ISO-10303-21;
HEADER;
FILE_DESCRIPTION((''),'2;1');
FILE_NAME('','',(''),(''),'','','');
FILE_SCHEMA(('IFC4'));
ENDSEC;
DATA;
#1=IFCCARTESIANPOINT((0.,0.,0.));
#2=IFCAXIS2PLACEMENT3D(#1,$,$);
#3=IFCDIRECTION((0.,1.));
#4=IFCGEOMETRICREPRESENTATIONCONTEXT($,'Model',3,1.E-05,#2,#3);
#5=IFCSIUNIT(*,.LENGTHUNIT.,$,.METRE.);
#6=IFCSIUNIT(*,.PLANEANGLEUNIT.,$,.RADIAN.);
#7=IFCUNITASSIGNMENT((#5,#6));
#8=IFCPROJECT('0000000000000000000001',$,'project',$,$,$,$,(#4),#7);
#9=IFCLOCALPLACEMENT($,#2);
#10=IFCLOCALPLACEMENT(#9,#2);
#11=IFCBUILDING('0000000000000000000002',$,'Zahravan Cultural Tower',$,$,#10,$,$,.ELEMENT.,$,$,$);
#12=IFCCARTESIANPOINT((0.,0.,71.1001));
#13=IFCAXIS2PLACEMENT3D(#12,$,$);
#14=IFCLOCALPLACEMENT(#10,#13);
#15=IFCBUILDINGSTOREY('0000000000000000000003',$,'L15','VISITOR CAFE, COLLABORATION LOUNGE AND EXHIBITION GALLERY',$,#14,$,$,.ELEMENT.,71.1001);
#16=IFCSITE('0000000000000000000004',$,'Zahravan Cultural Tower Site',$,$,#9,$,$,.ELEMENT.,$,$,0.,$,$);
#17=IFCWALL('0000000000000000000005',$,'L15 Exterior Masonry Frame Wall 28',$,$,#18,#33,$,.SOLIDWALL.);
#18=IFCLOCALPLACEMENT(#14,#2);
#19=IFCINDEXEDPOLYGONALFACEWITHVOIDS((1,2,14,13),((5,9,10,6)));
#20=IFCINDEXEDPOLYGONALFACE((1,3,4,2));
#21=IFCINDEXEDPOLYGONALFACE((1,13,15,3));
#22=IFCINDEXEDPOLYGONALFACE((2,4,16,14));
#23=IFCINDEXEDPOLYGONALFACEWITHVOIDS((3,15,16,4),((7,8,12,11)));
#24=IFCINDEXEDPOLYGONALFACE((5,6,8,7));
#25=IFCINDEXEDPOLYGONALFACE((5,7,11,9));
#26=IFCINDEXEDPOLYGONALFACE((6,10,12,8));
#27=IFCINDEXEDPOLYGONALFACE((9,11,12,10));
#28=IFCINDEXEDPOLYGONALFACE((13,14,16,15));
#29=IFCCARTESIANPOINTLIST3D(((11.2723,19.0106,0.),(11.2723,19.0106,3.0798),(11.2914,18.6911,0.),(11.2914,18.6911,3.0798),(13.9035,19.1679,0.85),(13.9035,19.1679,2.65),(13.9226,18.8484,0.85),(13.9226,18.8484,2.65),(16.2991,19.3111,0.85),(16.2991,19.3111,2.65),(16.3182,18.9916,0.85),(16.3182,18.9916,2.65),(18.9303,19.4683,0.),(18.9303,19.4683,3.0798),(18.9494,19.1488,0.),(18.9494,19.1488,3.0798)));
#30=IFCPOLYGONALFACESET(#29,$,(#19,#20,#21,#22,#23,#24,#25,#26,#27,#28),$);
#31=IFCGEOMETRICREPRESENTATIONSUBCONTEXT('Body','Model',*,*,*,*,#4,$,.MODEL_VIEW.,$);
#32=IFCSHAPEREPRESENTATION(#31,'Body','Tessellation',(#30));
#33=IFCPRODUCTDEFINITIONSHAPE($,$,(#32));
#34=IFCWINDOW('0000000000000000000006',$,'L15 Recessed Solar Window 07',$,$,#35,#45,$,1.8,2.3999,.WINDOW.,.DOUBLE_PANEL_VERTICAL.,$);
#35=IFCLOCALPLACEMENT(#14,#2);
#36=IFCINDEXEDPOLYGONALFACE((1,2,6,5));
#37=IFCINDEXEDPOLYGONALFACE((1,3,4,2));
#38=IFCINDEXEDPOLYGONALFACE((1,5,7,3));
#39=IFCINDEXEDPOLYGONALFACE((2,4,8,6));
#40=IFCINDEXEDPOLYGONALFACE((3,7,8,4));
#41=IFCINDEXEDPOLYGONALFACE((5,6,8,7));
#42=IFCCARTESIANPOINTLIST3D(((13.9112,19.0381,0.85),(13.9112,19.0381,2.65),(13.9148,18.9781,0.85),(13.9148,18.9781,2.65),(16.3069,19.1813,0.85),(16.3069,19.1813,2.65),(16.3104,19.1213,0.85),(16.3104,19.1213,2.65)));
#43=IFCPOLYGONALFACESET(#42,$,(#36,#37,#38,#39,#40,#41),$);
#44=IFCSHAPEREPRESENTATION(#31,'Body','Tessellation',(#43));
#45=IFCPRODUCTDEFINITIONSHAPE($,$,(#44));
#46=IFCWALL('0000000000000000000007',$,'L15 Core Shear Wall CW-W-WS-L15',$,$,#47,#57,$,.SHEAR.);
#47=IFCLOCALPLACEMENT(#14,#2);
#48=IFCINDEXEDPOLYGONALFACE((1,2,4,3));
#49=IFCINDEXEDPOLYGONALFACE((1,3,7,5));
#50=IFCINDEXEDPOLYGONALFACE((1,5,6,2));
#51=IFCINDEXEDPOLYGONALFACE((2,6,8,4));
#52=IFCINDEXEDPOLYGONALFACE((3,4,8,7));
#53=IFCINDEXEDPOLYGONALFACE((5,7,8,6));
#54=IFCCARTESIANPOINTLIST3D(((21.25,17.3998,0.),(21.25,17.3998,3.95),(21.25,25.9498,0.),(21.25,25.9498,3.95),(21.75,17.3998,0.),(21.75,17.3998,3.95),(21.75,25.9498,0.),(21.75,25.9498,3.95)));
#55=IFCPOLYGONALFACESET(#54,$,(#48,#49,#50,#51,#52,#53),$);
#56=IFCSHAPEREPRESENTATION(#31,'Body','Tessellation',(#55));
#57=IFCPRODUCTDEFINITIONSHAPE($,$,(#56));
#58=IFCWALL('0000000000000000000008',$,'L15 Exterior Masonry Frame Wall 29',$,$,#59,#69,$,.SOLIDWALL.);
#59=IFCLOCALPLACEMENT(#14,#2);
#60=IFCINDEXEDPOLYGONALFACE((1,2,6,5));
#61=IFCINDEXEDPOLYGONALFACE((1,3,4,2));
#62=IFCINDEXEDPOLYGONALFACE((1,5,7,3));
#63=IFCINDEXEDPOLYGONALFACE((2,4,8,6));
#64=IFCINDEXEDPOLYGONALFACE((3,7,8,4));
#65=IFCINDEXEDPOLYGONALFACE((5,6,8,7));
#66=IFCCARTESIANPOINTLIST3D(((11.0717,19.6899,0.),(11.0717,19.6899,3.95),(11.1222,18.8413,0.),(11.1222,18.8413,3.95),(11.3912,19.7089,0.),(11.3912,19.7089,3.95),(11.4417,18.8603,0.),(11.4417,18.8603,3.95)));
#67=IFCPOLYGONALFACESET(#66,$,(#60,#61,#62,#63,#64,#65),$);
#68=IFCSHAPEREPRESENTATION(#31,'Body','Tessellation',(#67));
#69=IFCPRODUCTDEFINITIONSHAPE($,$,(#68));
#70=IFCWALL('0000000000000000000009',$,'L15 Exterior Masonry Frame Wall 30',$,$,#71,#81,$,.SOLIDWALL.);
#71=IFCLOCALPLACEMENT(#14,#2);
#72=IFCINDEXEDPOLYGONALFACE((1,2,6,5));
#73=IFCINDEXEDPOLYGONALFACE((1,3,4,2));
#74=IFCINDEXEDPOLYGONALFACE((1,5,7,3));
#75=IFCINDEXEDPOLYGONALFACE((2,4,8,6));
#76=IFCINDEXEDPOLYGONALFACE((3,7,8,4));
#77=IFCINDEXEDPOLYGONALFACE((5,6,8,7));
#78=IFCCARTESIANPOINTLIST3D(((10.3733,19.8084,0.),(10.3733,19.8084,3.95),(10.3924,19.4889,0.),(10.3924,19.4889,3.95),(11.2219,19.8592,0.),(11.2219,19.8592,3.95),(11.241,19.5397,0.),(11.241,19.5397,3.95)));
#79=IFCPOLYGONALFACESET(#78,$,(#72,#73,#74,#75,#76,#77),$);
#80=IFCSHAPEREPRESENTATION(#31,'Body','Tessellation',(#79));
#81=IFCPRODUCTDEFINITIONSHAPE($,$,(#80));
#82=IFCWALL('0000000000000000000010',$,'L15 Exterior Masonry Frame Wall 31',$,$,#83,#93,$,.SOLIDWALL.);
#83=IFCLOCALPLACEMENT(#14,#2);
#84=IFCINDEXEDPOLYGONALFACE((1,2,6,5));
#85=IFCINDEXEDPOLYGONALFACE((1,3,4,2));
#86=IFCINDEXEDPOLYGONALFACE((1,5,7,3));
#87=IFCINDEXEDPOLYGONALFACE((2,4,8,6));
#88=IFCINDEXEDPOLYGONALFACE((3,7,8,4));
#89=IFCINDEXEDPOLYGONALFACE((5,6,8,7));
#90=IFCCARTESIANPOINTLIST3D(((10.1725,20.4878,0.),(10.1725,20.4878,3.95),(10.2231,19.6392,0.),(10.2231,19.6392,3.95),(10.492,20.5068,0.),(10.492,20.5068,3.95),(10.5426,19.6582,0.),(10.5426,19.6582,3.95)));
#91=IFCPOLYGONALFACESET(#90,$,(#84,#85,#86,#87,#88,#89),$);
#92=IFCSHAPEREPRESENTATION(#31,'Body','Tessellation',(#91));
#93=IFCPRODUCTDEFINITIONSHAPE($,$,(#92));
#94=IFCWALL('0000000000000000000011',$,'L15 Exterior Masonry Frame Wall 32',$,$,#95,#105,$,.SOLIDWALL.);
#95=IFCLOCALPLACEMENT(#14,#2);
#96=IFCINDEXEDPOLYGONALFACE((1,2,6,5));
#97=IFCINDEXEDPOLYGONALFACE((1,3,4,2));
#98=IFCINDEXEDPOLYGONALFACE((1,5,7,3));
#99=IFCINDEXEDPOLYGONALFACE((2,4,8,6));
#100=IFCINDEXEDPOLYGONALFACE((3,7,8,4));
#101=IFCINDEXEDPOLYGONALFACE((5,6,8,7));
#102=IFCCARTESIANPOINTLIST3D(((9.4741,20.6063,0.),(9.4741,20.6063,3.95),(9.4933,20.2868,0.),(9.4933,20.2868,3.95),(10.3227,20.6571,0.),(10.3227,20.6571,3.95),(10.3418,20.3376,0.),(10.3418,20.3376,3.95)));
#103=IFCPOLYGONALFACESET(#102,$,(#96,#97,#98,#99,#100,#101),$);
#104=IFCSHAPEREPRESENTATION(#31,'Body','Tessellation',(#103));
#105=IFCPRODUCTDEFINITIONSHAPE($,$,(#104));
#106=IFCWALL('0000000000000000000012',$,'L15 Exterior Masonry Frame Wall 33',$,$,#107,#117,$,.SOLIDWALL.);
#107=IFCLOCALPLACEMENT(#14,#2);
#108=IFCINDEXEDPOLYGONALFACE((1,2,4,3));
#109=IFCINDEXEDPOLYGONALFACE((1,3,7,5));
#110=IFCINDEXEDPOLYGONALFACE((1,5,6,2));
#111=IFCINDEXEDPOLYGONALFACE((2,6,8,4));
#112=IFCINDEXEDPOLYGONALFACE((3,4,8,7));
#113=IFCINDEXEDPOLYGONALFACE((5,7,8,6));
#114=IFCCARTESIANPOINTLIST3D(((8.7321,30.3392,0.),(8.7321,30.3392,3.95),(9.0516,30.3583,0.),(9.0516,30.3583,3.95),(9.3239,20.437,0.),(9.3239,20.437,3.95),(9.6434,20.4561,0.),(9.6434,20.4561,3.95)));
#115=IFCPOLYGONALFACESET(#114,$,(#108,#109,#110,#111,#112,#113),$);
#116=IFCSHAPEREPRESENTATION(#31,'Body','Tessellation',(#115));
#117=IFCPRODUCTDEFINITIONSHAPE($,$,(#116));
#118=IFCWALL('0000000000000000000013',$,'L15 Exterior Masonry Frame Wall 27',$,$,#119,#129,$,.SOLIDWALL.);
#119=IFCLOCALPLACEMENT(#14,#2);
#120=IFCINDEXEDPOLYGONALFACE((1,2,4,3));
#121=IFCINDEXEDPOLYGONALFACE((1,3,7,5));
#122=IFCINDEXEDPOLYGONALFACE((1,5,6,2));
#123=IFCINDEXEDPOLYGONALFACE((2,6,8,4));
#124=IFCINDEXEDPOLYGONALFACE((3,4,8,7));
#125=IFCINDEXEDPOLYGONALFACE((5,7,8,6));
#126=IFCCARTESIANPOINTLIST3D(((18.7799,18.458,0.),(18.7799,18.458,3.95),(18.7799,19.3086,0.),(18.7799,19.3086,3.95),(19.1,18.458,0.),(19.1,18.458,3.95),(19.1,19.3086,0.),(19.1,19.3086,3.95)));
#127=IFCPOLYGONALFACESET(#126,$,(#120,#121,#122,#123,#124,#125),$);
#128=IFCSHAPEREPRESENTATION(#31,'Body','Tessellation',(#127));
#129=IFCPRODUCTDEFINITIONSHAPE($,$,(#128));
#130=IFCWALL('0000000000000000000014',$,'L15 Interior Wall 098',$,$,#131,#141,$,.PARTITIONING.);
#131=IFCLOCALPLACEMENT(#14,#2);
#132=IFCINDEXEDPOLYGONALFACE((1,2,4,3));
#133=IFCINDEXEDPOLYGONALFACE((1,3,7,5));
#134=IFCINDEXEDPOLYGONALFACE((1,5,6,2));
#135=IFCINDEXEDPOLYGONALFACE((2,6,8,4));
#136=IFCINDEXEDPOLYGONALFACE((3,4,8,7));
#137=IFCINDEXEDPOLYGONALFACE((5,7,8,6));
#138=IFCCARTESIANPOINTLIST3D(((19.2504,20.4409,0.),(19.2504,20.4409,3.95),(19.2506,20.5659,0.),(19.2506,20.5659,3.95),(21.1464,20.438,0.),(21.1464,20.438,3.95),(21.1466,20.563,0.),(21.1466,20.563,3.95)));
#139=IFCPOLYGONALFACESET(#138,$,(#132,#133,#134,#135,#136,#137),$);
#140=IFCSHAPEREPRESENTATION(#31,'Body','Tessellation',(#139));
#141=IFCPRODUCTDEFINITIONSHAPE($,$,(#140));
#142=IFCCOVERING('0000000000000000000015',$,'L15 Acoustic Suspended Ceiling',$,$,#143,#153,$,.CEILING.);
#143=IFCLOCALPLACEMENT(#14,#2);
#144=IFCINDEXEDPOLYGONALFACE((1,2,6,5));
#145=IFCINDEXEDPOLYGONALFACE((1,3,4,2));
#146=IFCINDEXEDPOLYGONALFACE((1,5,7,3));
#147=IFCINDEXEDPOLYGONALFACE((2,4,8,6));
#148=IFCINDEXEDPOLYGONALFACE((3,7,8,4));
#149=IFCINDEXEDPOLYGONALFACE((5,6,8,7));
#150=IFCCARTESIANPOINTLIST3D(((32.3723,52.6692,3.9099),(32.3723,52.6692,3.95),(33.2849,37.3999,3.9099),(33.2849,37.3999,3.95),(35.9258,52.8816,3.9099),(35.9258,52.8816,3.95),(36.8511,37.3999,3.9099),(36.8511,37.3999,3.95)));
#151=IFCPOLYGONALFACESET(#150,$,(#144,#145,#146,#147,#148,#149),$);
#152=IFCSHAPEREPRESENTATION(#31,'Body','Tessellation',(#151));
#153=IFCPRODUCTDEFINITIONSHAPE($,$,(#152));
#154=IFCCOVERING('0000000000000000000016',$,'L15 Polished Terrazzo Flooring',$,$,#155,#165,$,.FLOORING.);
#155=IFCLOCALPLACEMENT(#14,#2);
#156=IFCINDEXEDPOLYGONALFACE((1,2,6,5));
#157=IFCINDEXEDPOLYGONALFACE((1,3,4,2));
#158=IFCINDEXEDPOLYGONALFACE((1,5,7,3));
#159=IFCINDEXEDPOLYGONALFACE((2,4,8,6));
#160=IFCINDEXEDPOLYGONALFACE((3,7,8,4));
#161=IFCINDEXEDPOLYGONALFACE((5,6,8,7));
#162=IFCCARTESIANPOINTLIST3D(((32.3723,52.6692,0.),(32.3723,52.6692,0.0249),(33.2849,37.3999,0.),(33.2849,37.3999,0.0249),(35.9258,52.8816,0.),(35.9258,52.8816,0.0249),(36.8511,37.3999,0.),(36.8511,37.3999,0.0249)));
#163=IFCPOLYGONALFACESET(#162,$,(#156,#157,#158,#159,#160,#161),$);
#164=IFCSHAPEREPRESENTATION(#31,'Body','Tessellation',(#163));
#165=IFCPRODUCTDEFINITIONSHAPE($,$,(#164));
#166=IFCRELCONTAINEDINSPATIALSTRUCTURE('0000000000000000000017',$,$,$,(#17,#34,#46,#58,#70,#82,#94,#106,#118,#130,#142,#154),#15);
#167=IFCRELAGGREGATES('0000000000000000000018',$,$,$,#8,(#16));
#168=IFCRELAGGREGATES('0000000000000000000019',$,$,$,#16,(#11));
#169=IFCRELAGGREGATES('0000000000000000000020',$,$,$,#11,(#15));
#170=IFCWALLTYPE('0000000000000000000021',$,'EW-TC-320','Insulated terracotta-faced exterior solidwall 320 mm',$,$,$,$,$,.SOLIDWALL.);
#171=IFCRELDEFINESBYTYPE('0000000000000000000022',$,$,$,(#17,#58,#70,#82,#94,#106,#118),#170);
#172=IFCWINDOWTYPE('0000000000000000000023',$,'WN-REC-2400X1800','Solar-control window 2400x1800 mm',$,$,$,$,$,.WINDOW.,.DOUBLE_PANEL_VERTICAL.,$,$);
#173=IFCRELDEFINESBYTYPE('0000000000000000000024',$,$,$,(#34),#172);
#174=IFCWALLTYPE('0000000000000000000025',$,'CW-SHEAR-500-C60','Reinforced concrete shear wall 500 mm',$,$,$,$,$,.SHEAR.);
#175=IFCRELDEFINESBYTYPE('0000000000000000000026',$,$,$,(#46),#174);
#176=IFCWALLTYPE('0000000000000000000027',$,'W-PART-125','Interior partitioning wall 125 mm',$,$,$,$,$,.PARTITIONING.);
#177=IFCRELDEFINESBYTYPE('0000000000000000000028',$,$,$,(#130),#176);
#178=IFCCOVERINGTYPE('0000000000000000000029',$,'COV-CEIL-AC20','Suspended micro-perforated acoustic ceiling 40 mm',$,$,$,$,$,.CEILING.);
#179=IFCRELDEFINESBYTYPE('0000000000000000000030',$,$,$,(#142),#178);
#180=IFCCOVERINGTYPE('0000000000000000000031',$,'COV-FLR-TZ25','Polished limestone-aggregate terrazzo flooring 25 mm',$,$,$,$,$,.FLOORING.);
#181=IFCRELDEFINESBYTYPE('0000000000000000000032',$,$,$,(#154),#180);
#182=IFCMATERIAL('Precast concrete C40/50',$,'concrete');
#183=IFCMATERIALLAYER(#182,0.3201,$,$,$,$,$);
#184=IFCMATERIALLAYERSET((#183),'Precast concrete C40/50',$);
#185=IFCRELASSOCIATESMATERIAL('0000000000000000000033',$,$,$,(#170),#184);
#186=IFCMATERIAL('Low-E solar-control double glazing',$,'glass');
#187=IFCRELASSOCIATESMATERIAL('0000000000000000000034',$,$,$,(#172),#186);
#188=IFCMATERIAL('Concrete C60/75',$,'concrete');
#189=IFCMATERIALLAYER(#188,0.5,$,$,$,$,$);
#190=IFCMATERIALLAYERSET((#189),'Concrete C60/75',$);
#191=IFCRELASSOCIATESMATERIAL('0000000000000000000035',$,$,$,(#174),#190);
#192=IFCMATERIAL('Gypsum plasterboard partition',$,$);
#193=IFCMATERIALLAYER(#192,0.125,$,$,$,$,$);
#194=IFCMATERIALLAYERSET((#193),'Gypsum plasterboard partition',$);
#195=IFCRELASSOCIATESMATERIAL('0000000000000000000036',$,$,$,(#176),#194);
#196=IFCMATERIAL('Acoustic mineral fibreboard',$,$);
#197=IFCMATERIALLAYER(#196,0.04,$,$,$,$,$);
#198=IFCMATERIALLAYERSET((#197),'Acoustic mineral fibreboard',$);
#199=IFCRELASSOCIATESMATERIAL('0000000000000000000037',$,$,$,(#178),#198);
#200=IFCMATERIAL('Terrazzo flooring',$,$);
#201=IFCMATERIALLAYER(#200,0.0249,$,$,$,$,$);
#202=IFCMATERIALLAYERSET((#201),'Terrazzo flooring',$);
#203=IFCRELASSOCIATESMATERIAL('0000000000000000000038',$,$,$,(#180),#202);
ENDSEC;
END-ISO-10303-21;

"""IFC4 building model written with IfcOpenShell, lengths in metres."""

from ifc_helpers import new_model, si_unit, direction, frame, frame_2d, origin, place, context, subcontext, project, spatial, polyline, rectangle, outline, extrude, source, transform, mapped, material, layer, layer_set, type_object, element, fill, save


model = new_model("IFC4")

# Units and contexts
model_context = context("Model", 3, precision=1e-05, world=origin(), true_north=direction((0.0, 1.0)))
body_context = subcontext(model_context, "Body", "Model", "MODEL_VIEW")
ifc_project = project(units=[si_unit("LENGTHUNIT", "METRE"), si_unit("PLANEANGLEUNIT", "RADIAN")], contexts=[model_context])

# Site, building, storey
site_placement = place(None, origin())
site = spatial("IfcSite", under=ifc_project, at=site_placement, Name="Zahravan Cultural Tower Site", CompositionType="ELEMENT", RefElevation=0.0)
building_placement = place(site_placement, origin())
building = spatial("IfcBuilding", under=site, at=building_placement, Name="Zahravan Cultural Tower", CompositionType="ELEMENT")
storey_placement = place(building_placement, frame((0.0, 0.0, 71.1001)))
storey = spatial("IfcBuildingStorey", under=building, at=storey_placement, Name="L15", Description="VISITOR CAFE, COLLABORATION LOUNGE AND EXHIBITION GALLERY", CompositionType="ELEMENT", Elevation=71.1001)

# Wall, opening, window
ifc_material_1 = material(Name="Precast concrete C40/50", Category="concrete")
ifc_layer_1 = layer(ifc_material_1, 0.3201)
ifc_layer_set_1 = layer_set([ifc_layer_1], Name="Precast concrete C40/50")
wall_type_1 = type_object("IfcWallType", Name="EW-TC-320", Description="Insulated terracotta-faced exterior solidwall 320 mm", PredefinedType="SOLIDWALL", material=ifc_layer_set_1)
wall_1_placement = place(storey_placement, frame((18.9399, 19.3086, 0.0), z_axis=(0.0, 0.0, 1.0), x_axis=(-0.998218, -0.05967, 0.0)))
wall_1 = element("IfcWall", 1, at=wall_1_placement, inside=storey, type_object=wall_type_1, Name="L15 Exterior Masonry Frame Wall 28", PredefinedType="SOLIDWALL", context=body_context, shape_type="SweptSolid", body=[
    extrude(rectangle(XDim=7.6716, YDim=0.3201, at=frame_2d((3.8359, 0.0))), origin(), (0.0, 0.0, 1.0), 3.0798),
])
opening_placement = place(wall_1_placement, frame((2.636, 0.0, 0.8501)))
opening = element("IfcOpeningElement", 2, at=opening_placement, cuts=wall_1, PredefinedType="OPENING", context=body_context, shape_type="SweptSolid", body=[
    extrude(rectangle(XDim=2.3999, YDim=1.8, at=frame_2d((1.2, 0.8999))), frame((0.0, 0.1699, 0.0), z_axis=(0.0, -1.0, 0.0), x_axis=(1.0, 0.0, 0.0)), (0.0, 0.0, 1.0), 0.3401),
])
ifc_material_2 = material(Name="Low-E solar-control double glazing", Category="glass")
window_type = type_object("IfcWindowType", Name="WN-REC-2400X1800", Description="Solar-control window 2400x1800 mm", PartitioningType="DOUBLE_PANEL_VERTICAL", PredefinedType="WINDOW", material=ifc_material_2)
shared_shape_1 = source(origin(), body_context, "Body", "SweptSolid", [
    extrude(rectangle(XDim=2.3999, YDim=1.8, at=frame_2d((1.2, 0.8999))), frame((0.0, 0.03, 0.0), z_axis=(0.0, -1.0, 0.0), x_axis=(1.0, 0.0, 0.0)), (0.0, 0.0, 1.0), 0.0601),
])
window_placement = place(opening_placement, origin())
window = element("IfcWindow", 3, at=window_placement, inside=storey, type_object=window_type, Name="L15 Recessed Solar Window 07", OverallHeight=1.8, OverallWidth=2.3999, PartitioningType="DOUBLE_PANEL_VERTICAL", PredefinedType="WINDOW", context=body_context, shape_type="MappedRepresentation", body=[
    mapped(shared_shape_1, transform((0.0, 0.0, 0.0), x_axis=(1.0, 0.0, 0.0), y_axis=(0.0, 1.0, 0.0), z_axis=(0.0, 0.0, 1.0), scale=1.0)),
])
fill(opening, window)

# Walls
ifc_material_3 = material(Name="Concrete C60/75", Category="concrete")
ifc_layer_2 = layer(ifc_material_3, 0.5)
ifc_layer_set_2 = layer_set([ifc_layer_2], Name="Concrete C60/75")
wall_type_2 = type_object("IfcWallType", Name="CW-SHEAR-500-C60", Description="Reinforced concrete shear wall 500 mm", PredefinedType="SHEAR", material=ifc_layer_set_2)
shared_shape_2 = source(origin(), body_context, "Body", "SweptSolid", [
    extrude(rectangle(XDim=8.55, YDim=0.5, at=frame_2d((4.2749, 0.0))), origin(), (0.0, 0.0, 1.0), 3.95),
])
wall_2_placement = place(storey_placement, frame((21.5, 17.3999, 0.0), z_axis=(0.0, 0.0, 1.0), x_axis=(0.0, 1.0, 0.0)))
element("IfcWall", 4, at=wall_2_placement, inside=storey, type_object=wall_type_2, Name="L15 Core Shear Wall CW-W-WS-L15", PredefinedType="SHEAR", context=body_context, shape_type="MappedRepresentation", body=[
    mapped(shared_shape_2, transform((0.0, 0.0, 0.0), x_axis=(1.0, 0.0, 0.0), y_axis=(0.0, 1.0, 0.0), z_axis=(0.0, 0.0, 1.0), scale=1.0)),
])
shared_shape_3 = source(origin(), body_context, "Body", "SweptSolid", [
    extrude(rectangle(XDim=0.8501, YDim=0.3201, at=frame_2d((0.425, 0.0))), origin(), (0.0, 0.0, 1.0), 3.95),
])
for number, where, z_axis, x_axis, name in (
    (5, (11.282, 18.8508, 0.0), (0.0, 0.0, 1.0), (-0.059446, 0.998232, 0.0), "L15 Exterior Masonry Frame Wall 29"),
    (6, (11.2314, 19.6995, 0.0), (0.0, 0.0, 1.0), (-0.998214, -0.059732, 0.0), "L15 Exterior Masonry Frame Wall 30"),
    (7, (10.3828, 19.6487, 0.0), (0.0, 0.0, 1.0), (-0.059446, 0.998232, 0.0), "L15 Exterior Masonry Frame Wall 31"),
    (8, (10.3323, 20.4973, 0.0), (0.0, 0.0, 1.0), (-0.998214, -0.059732, 0.0), "L15 Exterior Masonry Frame Wall 32"),
):
    element("IfcWall", number, at=place(storey_placement, frame(where, z_axis=z_axis, x_axis=x_axis)), inside=storey, type_object=wall_type_1, Name=name, PredefinedType="SOLIDWALL", context=body_context, shape_type="MappedRepresentation", body=[
        mapped(shared_shape_3, transform((0.0, 0.0, 0.0), x_axis=(1.0, 0.0, 0.0), y_axis=(0.0, 1.0, 0.0), z_axis=(0.0, 0.0, 1.0), scale=1.0)),
    ])
shared_shape_4 = source(origin(), body_context, "Body", "SweptSolid", [
    extrude(rectangle(XDim=9.9199, YDim=0.3201, at=frame_2d((4.96, 0.0))), origin(), (0.0, 0.0, 1.0), 3.95),
])
wall_3_placement = place(storey_placement, frame((9.4836, 20.4465, 0.0), z_axis=(0.0, 0.0, 1.0), x_axis=(-0.059657, 0.998219, 0.0)))
element("IfcWall", 9, at=wall_3_placement, inside=storey, type_object=wall_type_1, Name="L15 Exterior Masonry Frame Wall 33", PredefinedType="SOLIDWALL", context=body_context, shape_type="MappedRepresentation", body=[
    mapped(shared_shape_4, transform((0.0, 0.0, 0.0), x_axis=(1.0, 0.0, 0.0), y_axis=(0.0, 1.0, 0.0), z_axis=(0.0, 0.0, 1.0), scale=1.0)),
])
shared_shape_5 = source(origin(), body_context, "Body", "SweptSolid", [
    extrude(rectangle(XDim=0.8506, YDim=0.3201, at=frame_2d((0.4253, 0.0))), origin(), (0.0, 0.0, 1.0), 3.95),
])
wall_4_placement = place(storey_placement, frame((18.9399, 18.458, 0.0), z_axis=(0.0, 0.0, 1.0), x_axis=(0.0, 1.0, 0.0)))
element("IfcWall", 10, at=wall_4_placement, inside=storey, type_object=wall_type_1, Name="L15 Exterior Masonry Frame Wall 27", PredefinedType="SOLIDWALL", context=body_context, shape_type="MappedRepresentation", body=[
    mapped(shared_shape_5, transform((0.0, 0.0, 0.0), x_axis=(1.0, 0.0, 0.0), y_axis=(0.0, 1.0, 0.0), z_axis=(0.0, 0.0, 1.0), scale=1.0)),
])
ifc_material_4 = material(Name="Gypsum plasterboard partition")
ifc_layer_3 = layer(ifc_material_4, 0.125)
ifc_layer_set_3 = layer_set([ifc_layer_3], Name="Gypsum plasterboard partition")
wall_type_3 = type_object("IfcWallType", Name="W-PART-125", Description="Interior partitioning wall 125 mm", PredefinedType="PARTITIONING", material=ifc_layer_set_3)
shared_shape_6 = source(origin(), body_context, "Body", "SweptSolid", [
    extrude(rectangle(XDim=1.896, YDim=0.125, at=frame_2d((0.948, 0.0))), origin(), (0.0, 0.0, 1.0), 3.95),
])
wall_5_placement = place(storey_placement, frame((19.2505, 20.5034, 0.0), z_axis=(0.0, 0.0, 1.0), x_axis=(0.999999, -0.001545, 0.0)))
element("IfcWall", 11, at=wall_5_placement, inside=storey, type_object=wall_type_3, Name="L15 Interior Wall 098", PredefinedType="PARTITIONING", context=body_context, shape_type="MappedRepresentation", body=[
    mapped(shared_shape_6, transform((0.0, 0.0, 0.0), x_axis=(1.0, 0.0, 0.0), y_axis=(0.0, 1.0, 0.0), z_axis=(0.0, 0.0, 1.0), scale=1.0)),
])

# Coverings
ifc_material_5 = material(Name="Acoustic mineral fibreboard")
ifc_layer_4 = layer(ifc_material_5, 0.04)
ifc_layer_set_4 = layer_set([ifc_layer_4], Name="Acoustic mineral fibreboard")
covering_type_1 = type_object("IfcCoveringType", Name="COV-CEIL-AC20", Description="Suspended micro-perforated acoustic ceiling 40 mm", PredefinedType="CEILING", material=ifc_layer_set_4)
covering_1_placement = place(storey_placement, frame((0.0, 0.0, 3.9099)))
element("IfcCovering", 12, at=covering_1_placement, inside=storey, type_object=covering_type_1, Name="L15 Acoustic Suspended Ceiling", PredefinedType="CEILING", context=body_context, shape_type="SweptSolid", body=[
    extrude(outline(polyline([(32.3723, 52.6692), (33.2849, 37.3999), (36.8511, 37.3999), (35.9258, 52.8816), (32.3723, 52.6692)])), origin(), (0.0, 0.0, 1.0), 0.04),
])
ifc_material_6 = material(Name="Terrazzo flooring")
ifc_layer_5 = layer(ifc_material_6, 0.0249)
ifc_layer_set_5 = layer_set([ifc_layer_5], Name="Terrazzo flooring")
covering_type_2 = type_object("IfcCoveringType", Name="COV-FLR-TZ25", Description="Polished limestone-aggregate terrazzo flooring 25 mm", PredefinedType="FLOORING", material=ifc_layer_set_5)
covering_2_placement = place(storey_placement, origin())
element("IfcCovering", 13, at=covering_2_placement, inside=storey, type_object=covering_type_2, Name="L15 Polished Terrazzo Flooring", PredefinedType="FLOORING", context=body_context, shape_type="SweptSolid", body=[
    extrude(outline(polyline([(32.3723, 52.6692), (33.2849, 37.3999), (36.8511, 37.3999), (35.9258, 52.8816), (32.3723, 52.6692)])), origin(), (0.0, 0.0, 1.0), 0.0249),
])

save(model, "model.ifc")
